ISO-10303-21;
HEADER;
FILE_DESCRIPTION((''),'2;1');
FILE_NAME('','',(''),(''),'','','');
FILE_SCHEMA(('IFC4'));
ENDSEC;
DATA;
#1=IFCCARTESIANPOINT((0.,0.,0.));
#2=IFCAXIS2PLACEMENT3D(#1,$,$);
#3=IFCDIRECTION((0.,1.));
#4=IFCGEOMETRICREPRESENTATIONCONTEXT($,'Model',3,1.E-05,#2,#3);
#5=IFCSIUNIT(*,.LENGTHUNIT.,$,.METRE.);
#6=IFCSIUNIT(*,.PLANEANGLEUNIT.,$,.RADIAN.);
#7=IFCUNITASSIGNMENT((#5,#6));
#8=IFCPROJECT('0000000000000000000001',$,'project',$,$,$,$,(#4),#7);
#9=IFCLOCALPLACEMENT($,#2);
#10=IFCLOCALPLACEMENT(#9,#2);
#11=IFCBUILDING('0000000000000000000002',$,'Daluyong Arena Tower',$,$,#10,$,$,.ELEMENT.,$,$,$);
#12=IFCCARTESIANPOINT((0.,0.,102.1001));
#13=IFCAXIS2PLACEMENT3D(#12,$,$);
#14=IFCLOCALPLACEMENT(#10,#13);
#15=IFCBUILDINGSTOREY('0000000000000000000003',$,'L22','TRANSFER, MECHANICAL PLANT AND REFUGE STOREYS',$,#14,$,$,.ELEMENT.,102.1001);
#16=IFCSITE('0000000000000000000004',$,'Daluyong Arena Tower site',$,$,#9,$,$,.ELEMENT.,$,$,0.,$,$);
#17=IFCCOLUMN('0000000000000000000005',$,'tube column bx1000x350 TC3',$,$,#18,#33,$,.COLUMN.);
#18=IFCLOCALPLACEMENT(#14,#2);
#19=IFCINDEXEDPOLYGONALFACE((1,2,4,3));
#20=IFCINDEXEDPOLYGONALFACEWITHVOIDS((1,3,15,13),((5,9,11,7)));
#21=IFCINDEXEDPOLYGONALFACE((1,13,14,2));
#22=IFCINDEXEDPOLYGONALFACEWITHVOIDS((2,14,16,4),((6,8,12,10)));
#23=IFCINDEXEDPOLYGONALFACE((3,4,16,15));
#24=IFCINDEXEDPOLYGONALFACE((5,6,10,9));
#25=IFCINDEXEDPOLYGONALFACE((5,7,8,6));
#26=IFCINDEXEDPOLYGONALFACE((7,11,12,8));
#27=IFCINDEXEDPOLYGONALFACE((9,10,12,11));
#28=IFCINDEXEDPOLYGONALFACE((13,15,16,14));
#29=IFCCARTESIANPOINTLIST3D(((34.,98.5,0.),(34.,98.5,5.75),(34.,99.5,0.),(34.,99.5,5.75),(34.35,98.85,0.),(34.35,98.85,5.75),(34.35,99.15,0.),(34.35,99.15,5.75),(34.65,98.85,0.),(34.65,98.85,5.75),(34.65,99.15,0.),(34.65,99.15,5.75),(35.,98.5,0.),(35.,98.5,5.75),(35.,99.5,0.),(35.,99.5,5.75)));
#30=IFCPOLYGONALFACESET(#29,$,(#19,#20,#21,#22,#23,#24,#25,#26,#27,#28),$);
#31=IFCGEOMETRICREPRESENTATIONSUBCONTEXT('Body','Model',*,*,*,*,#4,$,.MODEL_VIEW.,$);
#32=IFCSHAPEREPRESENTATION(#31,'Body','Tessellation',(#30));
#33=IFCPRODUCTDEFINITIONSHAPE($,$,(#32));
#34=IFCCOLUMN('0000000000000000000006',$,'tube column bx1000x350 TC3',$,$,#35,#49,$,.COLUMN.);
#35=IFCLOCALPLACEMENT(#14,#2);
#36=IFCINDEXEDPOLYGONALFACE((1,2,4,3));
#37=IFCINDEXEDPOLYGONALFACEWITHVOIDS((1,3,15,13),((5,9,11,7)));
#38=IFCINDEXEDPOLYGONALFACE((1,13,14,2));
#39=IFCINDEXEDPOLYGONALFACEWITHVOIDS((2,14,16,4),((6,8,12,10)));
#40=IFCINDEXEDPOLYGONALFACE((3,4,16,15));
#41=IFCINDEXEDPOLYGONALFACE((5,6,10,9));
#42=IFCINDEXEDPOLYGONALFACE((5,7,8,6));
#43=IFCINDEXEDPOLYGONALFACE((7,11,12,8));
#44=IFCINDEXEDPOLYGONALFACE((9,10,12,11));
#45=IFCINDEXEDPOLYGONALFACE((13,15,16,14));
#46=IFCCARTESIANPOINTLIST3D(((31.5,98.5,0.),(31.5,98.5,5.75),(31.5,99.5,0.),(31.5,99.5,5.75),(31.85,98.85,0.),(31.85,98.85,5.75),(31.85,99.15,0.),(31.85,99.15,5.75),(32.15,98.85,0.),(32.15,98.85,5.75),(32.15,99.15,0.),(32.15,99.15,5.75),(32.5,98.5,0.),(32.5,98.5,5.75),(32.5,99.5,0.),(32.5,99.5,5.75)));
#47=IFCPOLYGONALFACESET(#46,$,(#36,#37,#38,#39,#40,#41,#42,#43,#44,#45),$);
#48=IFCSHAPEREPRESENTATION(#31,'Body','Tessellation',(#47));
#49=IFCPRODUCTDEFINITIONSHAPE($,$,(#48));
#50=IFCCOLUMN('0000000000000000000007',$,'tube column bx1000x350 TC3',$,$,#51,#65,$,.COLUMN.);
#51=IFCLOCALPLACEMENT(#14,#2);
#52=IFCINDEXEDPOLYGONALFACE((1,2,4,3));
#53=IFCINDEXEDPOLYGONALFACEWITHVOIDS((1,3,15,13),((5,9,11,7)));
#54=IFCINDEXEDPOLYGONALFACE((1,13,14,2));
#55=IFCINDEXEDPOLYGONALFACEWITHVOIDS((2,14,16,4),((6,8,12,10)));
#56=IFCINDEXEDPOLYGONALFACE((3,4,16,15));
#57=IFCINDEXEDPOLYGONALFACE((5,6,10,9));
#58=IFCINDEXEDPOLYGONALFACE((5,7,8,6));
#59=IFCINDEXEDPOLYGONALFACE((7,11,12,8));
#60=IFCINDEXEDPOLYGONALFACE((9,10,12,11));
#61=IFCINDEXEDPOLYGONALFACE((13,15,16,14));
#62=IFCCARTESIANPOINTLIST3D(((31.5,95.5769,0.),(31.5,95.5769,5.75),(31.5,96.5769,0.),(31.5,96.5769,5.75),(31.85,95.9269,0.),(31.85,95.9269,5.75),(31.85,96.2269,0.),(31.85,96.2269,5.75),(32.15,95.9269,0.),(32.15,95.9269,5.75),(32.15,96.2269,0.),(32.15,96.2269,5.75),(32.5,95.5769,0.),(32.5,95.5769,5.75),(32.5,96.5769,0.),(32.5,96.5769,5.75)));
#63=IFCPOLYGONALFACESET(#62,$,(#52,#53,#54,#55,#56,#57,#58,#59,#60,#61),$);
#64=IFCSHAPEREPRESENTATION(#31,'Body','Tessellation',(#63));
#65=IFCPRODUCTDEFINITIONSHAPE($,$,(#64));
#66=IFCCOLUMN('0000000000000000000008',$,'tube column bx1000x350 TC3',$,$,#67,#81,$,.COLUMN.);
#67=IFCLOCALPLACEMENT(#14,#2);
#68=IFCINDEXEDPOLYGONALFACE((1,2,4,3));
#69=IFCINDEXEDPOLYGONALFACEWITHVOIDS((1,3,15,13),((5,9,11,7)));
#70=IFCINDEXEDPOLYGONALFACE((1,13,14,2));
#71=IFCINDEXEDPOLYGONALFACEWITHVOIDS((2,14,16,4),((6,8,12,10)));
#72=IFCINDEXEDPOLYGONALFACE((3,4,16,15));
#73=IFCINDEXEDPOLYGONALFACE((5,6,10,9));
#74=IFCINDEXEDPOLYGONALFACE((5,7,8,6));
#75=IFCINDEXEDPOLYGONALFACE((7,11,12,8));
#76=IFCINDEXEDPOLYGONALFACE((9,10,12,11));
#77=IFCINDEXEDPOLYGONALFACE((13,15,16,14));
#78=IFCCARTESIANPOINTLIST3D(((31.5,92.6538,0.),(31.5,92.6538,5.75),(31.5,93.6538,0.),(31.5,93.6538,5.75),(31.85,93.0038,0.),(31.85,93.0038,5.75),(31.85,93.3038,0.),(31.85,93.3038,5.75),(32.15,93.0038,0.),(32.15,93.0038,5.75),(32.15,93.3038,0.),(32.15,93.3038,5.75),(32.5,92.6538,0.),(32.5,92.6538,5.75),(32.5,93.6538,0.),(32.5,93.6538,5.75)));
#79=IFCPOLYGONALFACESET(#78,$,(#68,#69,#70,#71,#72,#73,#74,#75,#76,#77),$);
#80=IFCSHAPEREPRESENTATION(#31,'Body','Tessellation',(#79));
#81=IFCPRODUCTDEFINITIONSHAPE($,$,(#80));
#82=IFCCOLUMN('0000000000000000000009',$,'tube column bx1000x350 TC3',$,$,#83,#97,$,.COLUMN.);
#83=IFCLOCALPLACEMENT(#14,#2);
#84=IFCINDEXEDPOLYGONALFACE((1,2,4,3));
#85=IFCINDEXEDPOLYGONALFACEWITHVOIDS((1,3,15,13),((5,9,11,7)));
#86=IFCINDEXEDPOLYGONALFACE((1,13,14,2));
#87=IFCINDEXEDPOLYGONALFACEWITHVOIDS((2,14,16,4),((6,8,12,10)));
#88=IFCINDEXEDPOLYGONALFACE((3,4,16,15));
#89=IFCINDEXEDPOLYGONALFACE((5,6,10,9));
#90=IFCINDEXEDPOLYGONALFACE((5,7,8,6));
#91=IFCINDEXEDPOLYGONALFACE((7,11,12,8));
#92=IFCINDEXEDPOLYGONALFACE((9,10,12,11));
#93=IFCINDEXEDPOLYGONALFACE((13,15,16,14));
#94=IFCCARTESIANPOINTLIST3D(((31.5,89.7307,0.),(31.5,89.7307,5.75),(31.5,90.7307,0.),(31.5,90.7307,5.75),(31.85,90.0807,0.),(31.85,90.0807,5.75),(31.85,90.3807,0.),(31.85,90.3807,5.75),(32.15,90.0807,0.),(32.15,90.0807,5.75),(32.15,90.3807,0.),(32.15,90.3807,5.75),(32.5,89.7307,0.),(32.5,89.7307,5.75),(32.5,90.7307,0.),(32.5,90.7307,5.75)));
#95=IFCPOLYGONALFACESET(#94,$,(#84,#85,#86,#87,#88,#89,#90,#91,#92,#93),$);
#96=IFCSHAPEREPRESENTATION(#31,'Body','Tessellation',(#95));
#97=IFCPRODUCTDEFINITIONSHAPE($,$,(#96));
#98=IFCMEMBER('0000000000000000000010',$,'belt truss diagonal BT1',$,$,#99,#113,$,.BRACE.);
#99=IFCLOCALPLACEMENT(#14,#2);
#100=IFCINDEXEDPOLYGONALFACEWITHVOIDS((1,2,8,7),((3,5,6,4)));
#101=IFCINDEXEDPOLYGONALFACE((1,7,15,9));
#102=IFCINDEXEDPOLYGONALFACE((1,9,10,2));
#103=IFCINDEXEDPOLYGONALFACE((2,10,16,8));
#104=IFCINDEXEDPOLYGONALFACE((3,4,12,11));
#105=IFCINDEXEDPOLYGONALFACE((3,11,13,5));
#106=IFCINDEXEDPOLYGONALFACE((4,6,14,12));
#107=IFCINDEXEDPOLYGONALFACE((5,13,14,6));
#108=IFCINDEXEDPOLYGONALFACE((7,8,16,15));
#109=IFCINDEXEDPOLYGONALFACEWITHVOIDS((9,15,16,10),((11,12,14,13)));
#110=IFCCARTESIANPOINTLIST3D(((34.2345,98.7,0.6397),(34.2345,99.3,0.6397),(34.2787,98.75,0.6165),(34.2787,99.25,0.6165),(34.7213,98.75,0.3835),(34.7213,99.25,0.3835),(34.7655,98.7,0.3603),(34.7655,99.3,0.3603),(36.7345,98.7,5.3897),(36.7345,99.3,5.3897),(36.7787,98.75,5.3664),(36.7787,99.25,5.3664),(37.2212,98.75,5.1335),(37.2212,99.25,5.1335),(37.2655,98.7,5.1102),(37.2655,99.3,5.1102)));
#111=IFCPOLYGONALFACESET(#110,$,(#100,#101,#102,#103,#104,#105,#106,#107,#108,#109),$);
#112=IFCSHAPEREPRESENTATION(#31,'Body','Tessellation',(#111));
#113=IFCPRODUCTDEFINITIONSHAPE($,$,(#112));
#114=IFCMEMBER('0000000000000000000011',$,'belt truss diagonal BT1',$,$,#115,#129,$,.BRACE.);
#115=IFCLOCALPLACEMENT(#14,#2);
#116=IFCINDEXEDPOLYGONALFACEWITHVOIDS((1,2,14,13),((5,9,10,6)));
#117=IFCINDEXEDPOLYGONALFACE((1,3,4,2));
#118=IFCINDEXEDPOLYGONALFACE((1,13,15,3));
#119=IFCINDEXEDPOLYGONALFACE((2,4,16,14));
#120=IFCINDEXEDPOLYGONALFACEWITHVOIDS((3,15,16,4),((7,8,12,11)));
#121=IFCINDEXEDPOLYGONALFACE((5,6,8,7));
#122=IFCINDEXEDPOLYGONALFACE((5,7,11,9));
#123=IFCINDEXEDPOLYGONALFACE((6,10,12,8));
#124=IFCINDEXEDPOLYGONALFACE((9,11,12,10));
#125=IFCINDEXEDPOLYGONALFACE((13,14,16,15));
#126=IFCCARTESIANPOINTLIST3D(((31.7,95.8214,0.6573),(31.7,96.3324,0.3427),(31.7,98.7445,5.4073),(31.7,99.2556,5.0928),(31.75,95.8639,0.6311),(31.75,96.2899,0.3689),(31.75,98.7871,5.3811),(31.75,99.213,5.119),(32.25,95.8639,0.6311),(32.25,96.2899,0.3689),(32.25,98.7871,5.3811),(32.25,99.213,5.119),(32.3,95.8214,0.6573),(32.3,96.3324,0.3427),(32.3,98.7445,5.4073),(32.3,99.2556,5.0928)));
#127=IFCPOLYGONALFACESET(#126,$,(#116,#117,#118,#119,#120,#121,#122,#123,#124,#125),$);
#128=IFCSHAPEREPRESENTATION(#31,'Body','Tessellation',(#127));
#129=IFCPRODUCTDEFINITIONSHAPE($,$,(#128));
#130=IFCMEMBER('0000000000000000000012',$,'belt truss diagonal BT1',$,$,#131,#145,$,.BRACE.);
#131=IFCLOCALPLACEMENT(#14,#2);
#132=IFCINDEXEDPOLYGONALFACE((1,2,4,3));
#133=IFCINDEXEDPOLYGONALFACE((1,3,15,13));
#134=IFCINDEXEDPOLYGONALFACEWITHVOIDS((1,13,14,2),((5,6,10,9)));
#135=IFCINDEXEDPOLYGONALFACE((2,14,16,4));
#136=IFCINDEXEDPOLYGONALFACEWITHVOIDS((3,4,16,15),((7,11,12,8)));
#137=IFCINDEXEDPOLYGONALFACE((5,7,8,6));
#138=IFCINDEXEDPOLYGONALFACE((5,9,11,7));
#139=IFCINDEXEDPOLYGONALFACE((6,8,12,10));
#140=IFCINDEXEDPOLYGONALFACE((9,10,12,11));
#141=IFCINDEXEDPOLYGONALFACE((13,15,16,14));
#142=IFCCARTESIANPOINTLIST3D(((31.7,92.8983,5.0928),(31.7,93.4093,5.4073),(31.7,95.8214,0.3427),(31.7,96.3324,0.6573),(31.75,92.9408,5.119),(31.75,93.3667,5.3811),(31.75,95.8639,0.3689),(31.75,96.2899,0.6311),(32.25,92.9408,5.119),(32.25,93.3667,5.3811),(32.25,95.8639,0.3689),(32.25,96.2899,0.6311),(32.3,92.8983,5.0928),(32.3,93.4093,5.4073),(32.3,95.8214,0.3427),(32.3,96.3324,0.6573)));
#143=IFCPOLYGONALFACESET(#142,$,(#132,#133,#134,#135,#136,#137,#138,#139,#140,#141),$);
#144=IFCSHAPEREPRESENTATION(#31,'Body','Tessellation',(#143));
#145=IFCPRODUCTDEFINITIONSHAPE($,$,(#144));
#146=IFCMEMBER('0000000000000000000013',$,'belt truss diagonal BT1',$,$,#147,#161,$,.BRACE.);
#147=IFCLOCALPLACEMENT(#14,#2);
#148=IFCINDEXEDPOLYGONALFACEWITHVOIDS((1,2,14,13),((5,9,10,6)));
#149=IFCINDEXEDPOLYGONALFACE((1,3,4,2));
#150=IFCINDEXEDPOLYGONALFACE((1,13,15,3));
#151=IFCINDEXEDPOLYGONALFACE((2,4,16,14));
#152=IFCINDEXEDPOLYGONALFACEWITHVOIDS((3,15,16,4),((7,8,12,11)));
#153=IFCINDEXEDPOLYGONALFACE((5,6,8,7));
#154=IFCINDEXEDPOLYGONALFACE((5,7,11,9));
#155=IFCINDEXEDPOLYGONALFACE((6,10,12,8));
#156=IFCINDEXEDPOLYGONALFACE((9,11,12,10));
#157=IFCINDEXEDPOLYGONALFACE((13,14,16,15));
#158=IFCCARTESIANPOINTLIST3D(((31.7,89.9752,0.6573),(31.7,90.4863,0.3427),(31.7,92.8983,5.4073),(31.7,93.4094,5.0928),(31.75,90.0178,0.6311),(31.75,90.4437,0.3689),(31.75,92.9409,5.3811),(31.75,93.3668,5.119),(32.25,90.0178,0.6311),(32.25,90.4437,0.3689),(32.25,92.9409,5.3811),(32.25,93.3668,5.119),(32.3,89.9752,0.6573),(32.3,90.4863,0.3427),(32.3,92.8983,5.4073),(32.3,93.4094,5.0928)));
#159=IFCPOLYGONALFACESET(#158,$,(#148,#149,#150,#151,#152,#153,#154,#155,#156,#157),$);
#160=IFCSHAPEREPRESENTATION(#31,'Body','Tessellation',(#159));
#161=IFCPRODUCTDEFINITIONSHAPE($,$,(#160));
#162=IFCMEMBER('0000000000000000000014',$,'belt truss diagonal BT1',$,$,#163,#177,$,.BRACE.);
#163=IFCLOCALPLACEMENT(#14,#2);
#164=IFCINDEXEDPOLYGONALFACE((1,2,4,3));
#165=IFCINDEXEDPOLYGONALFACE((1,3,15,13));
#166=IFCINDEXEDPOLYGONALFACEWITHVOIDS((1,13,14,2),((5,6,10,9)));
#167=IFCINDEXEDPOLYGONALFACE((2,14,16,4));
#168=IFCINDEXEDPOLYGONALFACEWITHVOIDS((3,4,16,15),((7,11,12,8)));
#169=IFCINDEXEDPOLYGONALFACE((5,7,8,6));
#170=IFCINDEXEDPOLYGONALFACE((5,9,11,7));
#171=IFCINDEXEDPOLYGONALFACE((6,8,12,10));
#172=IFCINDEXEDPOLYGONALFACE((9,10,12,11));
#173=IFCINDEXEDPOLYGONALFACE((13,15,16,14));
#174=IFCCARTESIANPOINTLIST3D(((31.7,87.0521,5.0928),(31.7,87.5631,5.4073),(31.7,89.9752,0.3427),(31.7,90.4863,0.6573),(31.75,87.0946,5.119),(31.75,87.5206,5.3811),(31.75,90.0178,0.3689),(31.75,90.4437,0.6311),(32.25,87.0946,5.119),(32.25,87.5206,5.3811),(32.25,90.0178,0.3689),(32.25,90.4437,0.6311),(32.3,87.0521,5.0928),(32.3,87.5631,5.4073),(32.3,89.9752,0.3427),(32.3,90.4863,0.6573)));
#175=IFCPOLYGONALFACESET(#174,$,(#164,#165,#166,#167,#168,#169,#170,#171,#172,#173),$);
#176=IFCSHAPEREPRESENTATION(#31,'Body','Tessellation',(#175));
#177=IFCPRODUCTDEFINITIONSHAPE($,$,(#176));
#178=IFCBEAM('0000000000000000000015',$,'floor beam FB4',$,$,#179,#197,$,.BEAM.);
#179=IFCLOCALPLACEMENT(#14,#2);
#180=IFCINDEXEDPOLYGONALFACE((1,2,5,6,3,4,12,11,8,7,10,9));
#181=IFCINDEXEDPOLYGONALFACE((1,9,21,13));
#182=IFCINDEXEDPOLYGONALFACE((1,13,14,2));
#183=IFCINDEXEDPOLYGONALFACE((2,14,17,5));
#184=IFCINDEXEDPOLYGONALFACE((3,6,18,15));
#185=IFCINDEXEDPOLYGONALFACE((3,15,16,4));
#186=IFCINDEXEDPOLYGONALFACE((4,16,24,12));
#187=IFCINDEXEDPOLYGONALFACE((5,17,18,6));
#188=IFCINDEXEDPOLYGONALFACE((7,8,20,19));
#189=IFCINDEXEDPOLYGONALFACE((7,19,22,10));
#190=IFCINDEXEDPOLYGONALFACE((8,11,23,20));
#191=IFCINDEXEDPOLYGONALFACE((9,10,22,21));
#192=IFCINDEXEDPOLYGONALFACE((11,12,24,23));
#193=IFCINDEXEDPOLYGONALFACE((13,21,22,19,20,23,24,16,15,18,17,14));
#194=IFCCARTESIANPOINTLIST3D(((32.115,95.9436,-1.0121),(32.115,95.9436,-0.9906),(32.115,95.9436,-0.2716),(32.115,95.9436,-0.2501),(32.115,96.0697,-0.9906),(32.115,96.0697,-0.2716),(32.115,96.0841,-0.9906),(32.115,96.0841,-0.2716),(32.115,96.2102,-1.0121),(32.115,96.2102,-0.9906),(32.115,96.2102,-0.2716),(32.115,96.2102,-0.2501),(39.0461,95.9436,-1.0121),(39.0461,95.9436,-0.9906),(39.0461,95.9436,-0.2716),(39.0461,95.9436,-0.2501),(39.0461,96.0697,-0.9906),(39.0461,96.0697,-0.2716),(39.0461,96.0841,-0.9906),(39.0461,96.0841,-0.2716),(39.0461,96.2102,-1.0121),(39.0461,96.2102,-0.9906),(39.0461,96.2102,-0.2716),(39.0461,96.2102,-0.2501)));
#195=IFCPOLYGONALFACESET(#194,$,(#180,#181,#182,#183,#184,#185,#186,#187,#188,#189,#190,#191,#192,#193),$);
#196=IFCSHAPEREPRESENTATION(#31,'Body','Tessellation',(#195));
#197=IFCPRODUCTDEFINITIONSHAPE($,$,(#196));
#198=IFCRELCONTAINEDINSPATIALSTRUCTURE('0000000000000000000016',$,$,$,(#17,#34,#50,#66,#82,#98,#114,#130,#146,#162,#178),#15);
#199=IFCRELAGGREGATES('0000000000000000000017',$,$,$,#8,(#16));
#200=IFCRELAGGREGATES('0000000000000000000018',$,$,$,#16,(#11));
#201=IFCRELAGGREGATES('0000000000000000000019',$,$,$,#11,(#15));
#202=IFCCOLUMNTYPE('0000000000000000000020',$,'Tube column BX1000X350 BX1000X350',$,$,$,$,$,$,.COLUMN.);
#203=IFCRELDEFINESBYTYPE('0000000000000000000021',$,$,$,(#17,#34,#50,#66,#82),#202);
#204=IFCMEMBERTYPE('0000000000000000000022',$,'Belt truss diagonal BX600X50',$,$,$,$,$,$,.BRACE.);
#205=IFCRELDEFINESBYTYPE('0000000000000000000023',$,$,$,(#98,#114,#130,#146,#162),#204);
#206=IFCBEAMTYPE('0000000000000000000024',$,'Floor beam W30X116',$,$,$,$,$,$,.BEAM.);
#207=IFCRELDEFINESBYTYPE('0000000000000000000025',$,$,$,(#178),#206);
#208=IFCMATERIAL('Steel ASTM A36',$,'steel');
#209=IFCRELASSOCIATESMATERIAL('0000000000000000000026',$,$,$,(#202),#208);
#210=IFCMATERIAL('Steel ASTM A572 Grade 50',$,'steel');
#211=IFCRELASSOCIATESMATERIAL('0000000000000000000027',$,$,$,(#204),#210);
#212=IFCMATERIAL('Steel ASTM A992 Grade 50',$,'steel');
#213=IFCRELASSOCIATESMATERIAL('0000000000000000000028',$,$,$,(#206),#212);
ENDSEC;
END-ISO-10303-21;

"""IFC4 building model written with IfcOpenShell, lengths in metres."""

from ifc_helpers import new_model, si_unit, direction, frame, origin, origin_2d, place, context, subcontext, project, spatial, hollow_rectangle, i_section, extrude, material, material_profile, profile_set, type_object, element, save


model = new_model("IFC4")

# Units and contexts
model_context = context("Model", 3, precision=1e-05, world=origin(), true_north=direction((0.0, 1.0)))
body_context = subcontext(model_context, "Body", "Model", "MODEL_VIEW")
ifc_project = project(units=[si_unit("LENGTHUNIT", "METRE"), si_unit("PLANEANGLEUNIT", "RADIAN")], contexts=[model_context])

# Site, building, storey
site_placement = place(None, origin())
site = spatial("IfcSite", under=ifc_project, at=site_placement, Name="Daluyong Arena Tower site", CompositionType="ELEMENT", RefElevation=0.0)
building_placement = place(site_placement, origin())
building = spatial("IfcBuilding", under=site, at=building_placement, Name="Daluyong Arena Tower", CompositionType="ELEMENT")
storey_placement = place(building_placement, frame((0.0, 0.0, 102.1001)))
storey = spatial("IfcBuildingStorey", under=building, at=storey_placement, Name="L22", Description="TRANSFER, MECHANICAL PLANT AND REFUGE STOREYS", CompositionType="ELEMENT", Elevation=102.1001)

# Columns
ifc_material_1 = material(Name="Steel ASTM A36", Category="steel")
ifc_material_profile_1 = material_profile(ifc_material_1, hollow_rectangle(XDim=1.0, YDim=1.0, WallThickness=0.35, at=origin_2d()))
ifc_profile_set_1 = profile_set([ifc_material_profile_1], Name="Steel ASTM A36")
column_type = type_object("IfcColumnType", Name="Tube column BX1000X350 BX1000X350", PredefinedType="COLUMN", material=ifc_profile_set_1)
for number, where, z_axis, x_axis, name in (
    (1, (34.5, 99.0, 0.0), (0.0, 0.0, 1.0), (1.0, 0.0, 0.0), "tube column bx1000x350 TC3"),
    (2, (32.0, 99.0, 0.0), (0.0, 0.0, 1.0), (0.0, 1.0, 0.0), "tube column bx1000x350 TC3"),
    (3, (32.0, 96.0769, 0.0), (0.0, 0.0, 1.0), (0.0, 1.0, 0.0), "tube column bx1000x350 TC3"),
    (4, (32.0, 93.1538, 0.0), (0.0, 0.0, 1.0), (0.0, 1.0, 0.0), "tube column bx1000x350 TC3"),
    (5, (32.0, 90.2307, 0.0), (0.0, 0.0, 1.0), (0.0, 1.0, 0.0), "tube column bx1000x350 TC3"),
):
    element("IfcColumn", number, at=place(storey_placement, frame(where, z_axis=z_axis, x_axis=x_axis)), inside=storey, type_object=column_type, Name=name, PredefinedType="COLUMN", context=body_context, shape_type="SweptSolid", body=[
        extrude(hollow_rectangle(XDim=1.0, YDim=1.0, WallThickness=0.35, at=origin_2d()), origin(), (0.0, 0.0, 1.0), 5.75),
    ])

# Members
ifc_material_2 = material(Name="Steel ASTM A572 Grade 50", Category="steel")
ifc_material_profile_2 = material_profile(ifc_material_2, hollow_rectangle(XDim=0.6001, YDim=0.6001, WallThickness=0.05, at=origin_2d()))
ifc_profile_set_2 = profile_set([ifc_material_profile_2], Name="Steel ASTM A572 Grade 50")
member_type = type_object("IfcMemberType", Name="Belt truss diagonal BX600X50", PredefinedType="BRACE", material=ifc_profile_set_2)
member_placement = place(storey_placement, frame((34.5, 99.0, 0.5), z_axis=(0.465746, 0.0, 0.884918), x_axis=(0.0, 1.0, 0.0)))
element("IfcMember", 6, at=member_placement, inside=storey, type_object=member_type, Name="belt truss diagonal BT1", PredefinedType="BRACE", context=body_context, shape_type="SweptSolid", body=[
    extrude(hollow_rectangle(XDim=0.6001, YDim=0.6001, WallThickness=0.05, at=origin_2d()), origin(), (0.0, 0.0, 1.0), 5.3677),
])
for number, where, z_axis, x_axis, name in (
    (7, (32.0, 96.0769, 0.5), (0.0, 0.5241, 0.851657), (-1.0, 0.0, 0.0), "belt truss diagonal BT1"),
    (8, (32.0, 96.0769, 0.5), (0.0, -0.5241, 0.851657), (1.0, 0.0, 0.0), "belt truss diagonal BT1"),
    (9, (32.0, 90.2307, 0.5), (0.0, 0.5241, 0.851657), (-1.0, 0.0, 0.0), "belt truss diagonal BT1"),
    (10, (32.0, 90.2307, 0.5), (0.0, -0.5241, 0.851657), (1.0, 0.0, 0.0), "belt truss diagonal BT1"),
):
    element("IfcMember", number, at=place(storey_placement, frame(where, z_axis=z_axis, x_axis=x_axis)), inside=storey, type_object=member_type, Name=name, PredefinedType="BRACE", context=body_context, shape_type="SweptSolid", body=[
        extrude(hollow_rectangle(XDim=0.6001, YDim=0.6001, WallThickness=0.05, at=origin_2d()), origin(), (0.0, 0.0, 1.0), 5.5774),
    ])

# Beam
ifc_material_3 = material(Name="Steel ASTM A992 Grade 50", Category="steel")
ifc_material_profile_3 = material_profile(ifc_material_3, i_section(OverallWidth=0.2666, OverallDepth=0.762, WebThickness=0.0144, FlangeThickness=0.0215, at=origin_2d()))
ifc_profile_set_3 = profile_set([ifc_material_profile_3], Name="Steel ASTM A992 Grade 50")
beam_type_1 = type_object("IfcBeamType", Name="Floor beam W30X116", PredefinedType="BEAM", material=ifc_profile_set_3)
beam_1_placement = place(storey_placement, frame((32.115, 96.0769, -0.6311), z_axis=(1.0, 0.0, 0.0), x_axis=(0.0, 1.0, 0.0)))
element("IfcBeam", 11, at=beam_1_placement, inside=storey, type_object=beam_type_1, Name="floor beam FB4", PredefinedType="BEAM", context=body_context, shape_type="SweptSolid", body=[
    extrude(i_section(OverallWidth=0.2666, OverallDepth=0.762, WebThickness=0.0144, FlangeThickness=0.0215, at=origin_2d()), origin(), (0.0, 0.0, 1.0), 6.9312),
])

save(model, "model.ifc")
